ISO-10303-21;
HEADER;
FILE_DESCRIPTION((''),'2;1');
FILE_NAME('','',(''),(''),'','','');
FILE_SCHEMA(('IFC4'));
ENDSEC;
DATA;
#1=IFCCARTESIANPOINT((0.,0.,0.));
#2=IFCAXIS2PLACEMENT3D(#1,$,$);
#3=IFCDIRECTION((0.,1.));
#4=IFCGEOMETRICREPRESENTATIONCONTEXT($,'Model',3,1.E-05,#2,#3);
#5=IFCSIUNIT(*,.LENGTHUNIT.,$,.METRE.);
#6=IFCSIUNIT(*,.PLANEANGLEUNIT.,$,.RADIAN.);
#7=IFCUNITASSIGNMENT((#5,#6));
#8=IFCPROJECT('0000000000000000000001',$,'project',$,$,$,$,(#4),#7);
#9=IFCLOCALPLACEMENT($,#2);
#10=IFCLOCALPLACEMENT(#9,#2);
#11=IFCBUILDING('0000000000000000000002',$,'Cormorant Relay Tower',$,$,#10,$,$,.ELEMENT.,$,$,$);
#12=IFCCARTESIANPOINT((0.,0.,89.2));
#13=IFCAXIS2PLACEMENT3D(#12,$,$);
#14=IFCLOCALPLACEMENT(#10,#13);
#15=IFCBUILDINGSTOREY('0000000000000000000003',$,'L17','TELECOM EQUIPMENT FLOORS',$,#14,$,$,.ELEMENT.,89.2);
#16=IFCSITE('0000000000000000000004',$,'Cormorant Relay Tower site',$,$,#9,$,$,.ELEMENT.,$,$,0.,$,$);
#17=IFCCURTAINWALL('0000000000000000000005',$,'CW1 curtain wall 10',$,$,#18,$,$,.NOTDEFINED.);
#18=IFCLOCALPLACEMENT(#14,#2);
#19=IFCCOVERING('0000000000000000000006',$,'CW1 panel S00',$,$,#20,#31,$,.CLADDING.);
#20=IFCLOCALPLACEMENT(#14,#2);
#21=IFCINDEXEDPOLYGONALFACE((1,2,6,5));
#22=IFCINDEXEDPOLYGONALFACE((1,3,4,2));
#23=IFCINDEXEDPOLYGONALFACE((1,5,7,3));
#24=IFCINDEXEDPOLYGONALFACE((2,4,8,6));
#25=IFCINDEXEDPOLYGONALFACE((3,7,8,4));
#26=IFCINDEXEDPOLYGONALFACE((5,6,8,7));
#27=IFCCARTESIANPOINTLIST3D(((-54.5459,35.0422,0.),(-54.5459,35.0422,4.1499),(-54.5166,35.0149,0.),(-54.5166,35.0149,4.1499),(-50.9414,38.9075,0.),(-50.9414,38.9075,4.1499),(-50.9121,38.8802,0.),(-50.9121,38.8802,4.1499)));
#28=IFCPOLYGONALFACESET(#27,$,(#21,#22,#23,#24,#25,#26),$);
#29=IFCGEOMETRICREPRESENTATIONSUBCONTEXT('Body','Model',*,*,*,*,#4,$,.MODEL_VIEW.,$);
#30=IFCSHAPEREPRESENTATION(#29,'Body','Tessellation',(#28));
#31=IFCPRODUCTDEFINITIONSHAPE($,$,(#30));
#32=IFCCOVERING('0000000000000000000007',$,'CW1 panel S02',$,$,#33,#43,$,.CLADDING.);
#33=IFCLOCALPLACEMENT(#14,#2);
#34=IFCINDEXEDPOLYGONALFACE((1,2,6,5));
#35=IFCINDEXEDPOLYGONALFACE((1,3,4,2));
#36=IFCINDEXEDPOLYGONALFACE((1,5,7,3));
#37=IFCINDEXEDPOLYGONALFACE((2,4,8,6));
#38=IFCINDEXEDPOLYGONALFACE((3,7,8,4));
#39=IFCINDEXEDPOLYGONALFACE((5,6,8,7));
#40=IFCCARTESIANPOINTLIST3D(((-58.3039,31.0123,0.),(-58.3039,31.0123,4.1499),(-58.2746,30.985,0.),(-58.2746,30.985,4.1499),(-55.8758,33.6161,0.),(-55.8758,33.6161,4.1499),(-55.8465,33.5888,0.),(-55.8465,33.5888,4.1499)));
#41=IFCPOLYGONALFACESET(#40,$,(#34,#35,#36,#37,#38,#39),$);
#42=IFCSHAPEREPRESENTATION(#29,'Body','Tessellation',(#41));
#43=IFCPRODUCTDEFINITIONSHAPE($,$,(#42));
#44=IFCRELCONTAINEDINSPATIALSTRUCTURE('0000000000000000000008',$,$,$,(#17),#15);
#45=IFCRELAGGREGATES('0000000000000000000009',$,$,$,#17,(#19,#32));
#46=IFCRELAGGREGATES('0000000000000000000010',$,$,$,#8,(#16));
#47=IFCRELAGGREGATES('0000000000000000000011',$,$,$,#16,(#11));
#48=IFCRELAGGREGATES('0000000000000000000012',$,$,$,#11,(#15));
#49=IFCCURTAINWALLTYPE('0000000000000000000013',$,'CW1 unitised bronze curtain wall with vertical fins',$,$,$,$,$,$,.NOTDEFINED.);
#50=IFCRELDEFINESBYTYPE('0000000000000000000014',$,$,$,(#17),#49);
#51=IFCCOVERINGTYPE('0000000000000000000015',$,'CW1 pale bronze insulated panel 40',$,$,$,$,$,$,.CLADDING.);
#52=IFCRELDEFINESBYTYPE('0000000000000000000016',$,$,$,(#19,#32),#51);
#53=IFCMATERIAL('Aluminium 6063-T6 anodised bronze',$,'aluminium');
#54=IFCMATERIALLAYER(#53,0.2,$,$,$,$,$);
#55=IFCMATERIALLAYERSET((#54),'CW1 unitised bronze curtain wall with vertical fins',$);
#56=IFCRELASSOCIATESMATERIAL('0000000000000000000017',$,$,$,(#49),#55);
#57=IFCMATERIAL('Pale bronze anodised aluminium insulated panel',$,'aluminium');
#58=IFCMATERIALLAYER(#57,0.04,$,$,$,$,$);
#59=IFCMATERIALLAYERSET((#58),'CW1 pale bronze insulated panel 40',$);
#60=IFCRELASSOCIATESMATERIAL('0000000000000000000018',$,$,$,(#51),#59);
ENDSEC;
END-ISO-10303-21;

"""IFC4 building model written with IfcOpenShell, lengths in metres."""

from ifc_helpers import new_model, si_unit, direction, frame, origin, origin_2d, place, context, subcontext, project, spatial, rectangle, extrude, material, layer, layer_set, type_object, element, aggregate, save


model = new_model("IFC4")

# Units and contexts
model_context = context("Model", 3, precision=1e-05, world=origin(), true_north=direction((0.0, 1.0)))
body_context = subcontext(model_context, "Body", "Model", "MODEL_VIEW")
ifc_project = project(units=[si_unit("LENGTHUNIT", "METRE"), si_unit("PLANEANGLEUNIT", "RADIAN")], contexts=[model_context])

# Site, building, storey
site_placement = place(None, origin())
site = spatial("IfcSite", under=ifc_project, at=site_placement, Name="Cormorant Relay Tower site", CompositionType="ELEMENT", RefElevation=0.0)
building_placement = place(site_placement, origin())
building = spatial("IfcBuilding", under=site, at=building_placement, Name="Cormorant Relay Tower", CompositionType="ELEMENT")
storey_placement = place(building_placement, frame((0.0, 0.0, 89.2)))
storey = spatial("IfcBuildingStorey", under=building, at=storey_placement, Name="L17", Description="TELECOM EQUIPMENT FLOORS", CompositionType="ELEMENT", Elevation=89.2)

# Curtain wall
ifc_material_1 = material(Name="Aluminium 6063-T6 anodised bronze", Category="aluminium")
ifc_layer_1 = layer(ifc_material_1, 0.2)
ifc_layer_set_1 = layer_set([ifc_layer_1], Name="CW1 unitised bronze curtain wall with vertical fins")
curtain_wall_type = type_object("IfcCurtainWallType", Name="CW1 unitised bronze curtain wall with vertical fins", PredefinedType="NOTDEFINED", material=ifc_layer_set_1)
curtain_wall_1_placement = place(storey_placement, origin())
curtain_wall_1 = element("IfcCurtainWall", 1, at=curtain_wall_1_placement, inside=storey, type_object=curtain_wall_type, Name="CW1 curtain wall 10", PredefinedType="NOTDEFINED")

# Coverings
ifc_material_2 = material(Name="Pale bronze anodised aluminium insulated panel", Category="aluminium")
ifc_layer_2 = layer(ifc_material_2, 0.04)
ifc_layer_set_2 = layer_set([ifc_layer_2], Name="CW1 pale bronze insulated panel 40")
covering_type = type_object("IfcCoveringType", Name="CW1 pale bronze insulated panel 40", PredefinedType="CLADDING", material=ifc_layer_set_2)
covering_1_placement = place(storey_placement, frame((-52.729, 36.9612, 0.0), z_axis=(0.0, 0.0, 1.0), x_axis=(-0.681998, -0.731354, 0.0)))
covering_1 = element("IfcCovering", 2, at=covering_1_placement, type_object=covering_type, Name="CW1 panel S00", PredefinedType="CLADDING", context=body_context, shape_type="SweptSolid", body=[
    extrude(rectangle(XDim=5.2852, YDim=0.04, at=origin_2d()), origin(), (0.0, 0.0, 1.0), 4.1499),
])
covering_2_placement = place(storey_placement, frame((-57.0752, 32.3005, 0.0), z_axis=(0.0, 0.0, 1.0), x_axis=(-0.681998, -0.731354, 0.0)))
covering_2 = element("IfcCovering", 3, at=covering_2_placement, type_object=covering_type, Name="CW1 panel S02", PredefinedType="CLADDING", context=body_context, shape_type="SweptSolid", body=[
    extrude(rectangle(XDim=3.5603, YDim=0.04, at=origin_2d()), origin(), (0.0, 0.0, 1.0), 4.1499),
])
aggregate(curtain_wall_1, [covering_1, covering_2])

save(model, "model.ifc")
